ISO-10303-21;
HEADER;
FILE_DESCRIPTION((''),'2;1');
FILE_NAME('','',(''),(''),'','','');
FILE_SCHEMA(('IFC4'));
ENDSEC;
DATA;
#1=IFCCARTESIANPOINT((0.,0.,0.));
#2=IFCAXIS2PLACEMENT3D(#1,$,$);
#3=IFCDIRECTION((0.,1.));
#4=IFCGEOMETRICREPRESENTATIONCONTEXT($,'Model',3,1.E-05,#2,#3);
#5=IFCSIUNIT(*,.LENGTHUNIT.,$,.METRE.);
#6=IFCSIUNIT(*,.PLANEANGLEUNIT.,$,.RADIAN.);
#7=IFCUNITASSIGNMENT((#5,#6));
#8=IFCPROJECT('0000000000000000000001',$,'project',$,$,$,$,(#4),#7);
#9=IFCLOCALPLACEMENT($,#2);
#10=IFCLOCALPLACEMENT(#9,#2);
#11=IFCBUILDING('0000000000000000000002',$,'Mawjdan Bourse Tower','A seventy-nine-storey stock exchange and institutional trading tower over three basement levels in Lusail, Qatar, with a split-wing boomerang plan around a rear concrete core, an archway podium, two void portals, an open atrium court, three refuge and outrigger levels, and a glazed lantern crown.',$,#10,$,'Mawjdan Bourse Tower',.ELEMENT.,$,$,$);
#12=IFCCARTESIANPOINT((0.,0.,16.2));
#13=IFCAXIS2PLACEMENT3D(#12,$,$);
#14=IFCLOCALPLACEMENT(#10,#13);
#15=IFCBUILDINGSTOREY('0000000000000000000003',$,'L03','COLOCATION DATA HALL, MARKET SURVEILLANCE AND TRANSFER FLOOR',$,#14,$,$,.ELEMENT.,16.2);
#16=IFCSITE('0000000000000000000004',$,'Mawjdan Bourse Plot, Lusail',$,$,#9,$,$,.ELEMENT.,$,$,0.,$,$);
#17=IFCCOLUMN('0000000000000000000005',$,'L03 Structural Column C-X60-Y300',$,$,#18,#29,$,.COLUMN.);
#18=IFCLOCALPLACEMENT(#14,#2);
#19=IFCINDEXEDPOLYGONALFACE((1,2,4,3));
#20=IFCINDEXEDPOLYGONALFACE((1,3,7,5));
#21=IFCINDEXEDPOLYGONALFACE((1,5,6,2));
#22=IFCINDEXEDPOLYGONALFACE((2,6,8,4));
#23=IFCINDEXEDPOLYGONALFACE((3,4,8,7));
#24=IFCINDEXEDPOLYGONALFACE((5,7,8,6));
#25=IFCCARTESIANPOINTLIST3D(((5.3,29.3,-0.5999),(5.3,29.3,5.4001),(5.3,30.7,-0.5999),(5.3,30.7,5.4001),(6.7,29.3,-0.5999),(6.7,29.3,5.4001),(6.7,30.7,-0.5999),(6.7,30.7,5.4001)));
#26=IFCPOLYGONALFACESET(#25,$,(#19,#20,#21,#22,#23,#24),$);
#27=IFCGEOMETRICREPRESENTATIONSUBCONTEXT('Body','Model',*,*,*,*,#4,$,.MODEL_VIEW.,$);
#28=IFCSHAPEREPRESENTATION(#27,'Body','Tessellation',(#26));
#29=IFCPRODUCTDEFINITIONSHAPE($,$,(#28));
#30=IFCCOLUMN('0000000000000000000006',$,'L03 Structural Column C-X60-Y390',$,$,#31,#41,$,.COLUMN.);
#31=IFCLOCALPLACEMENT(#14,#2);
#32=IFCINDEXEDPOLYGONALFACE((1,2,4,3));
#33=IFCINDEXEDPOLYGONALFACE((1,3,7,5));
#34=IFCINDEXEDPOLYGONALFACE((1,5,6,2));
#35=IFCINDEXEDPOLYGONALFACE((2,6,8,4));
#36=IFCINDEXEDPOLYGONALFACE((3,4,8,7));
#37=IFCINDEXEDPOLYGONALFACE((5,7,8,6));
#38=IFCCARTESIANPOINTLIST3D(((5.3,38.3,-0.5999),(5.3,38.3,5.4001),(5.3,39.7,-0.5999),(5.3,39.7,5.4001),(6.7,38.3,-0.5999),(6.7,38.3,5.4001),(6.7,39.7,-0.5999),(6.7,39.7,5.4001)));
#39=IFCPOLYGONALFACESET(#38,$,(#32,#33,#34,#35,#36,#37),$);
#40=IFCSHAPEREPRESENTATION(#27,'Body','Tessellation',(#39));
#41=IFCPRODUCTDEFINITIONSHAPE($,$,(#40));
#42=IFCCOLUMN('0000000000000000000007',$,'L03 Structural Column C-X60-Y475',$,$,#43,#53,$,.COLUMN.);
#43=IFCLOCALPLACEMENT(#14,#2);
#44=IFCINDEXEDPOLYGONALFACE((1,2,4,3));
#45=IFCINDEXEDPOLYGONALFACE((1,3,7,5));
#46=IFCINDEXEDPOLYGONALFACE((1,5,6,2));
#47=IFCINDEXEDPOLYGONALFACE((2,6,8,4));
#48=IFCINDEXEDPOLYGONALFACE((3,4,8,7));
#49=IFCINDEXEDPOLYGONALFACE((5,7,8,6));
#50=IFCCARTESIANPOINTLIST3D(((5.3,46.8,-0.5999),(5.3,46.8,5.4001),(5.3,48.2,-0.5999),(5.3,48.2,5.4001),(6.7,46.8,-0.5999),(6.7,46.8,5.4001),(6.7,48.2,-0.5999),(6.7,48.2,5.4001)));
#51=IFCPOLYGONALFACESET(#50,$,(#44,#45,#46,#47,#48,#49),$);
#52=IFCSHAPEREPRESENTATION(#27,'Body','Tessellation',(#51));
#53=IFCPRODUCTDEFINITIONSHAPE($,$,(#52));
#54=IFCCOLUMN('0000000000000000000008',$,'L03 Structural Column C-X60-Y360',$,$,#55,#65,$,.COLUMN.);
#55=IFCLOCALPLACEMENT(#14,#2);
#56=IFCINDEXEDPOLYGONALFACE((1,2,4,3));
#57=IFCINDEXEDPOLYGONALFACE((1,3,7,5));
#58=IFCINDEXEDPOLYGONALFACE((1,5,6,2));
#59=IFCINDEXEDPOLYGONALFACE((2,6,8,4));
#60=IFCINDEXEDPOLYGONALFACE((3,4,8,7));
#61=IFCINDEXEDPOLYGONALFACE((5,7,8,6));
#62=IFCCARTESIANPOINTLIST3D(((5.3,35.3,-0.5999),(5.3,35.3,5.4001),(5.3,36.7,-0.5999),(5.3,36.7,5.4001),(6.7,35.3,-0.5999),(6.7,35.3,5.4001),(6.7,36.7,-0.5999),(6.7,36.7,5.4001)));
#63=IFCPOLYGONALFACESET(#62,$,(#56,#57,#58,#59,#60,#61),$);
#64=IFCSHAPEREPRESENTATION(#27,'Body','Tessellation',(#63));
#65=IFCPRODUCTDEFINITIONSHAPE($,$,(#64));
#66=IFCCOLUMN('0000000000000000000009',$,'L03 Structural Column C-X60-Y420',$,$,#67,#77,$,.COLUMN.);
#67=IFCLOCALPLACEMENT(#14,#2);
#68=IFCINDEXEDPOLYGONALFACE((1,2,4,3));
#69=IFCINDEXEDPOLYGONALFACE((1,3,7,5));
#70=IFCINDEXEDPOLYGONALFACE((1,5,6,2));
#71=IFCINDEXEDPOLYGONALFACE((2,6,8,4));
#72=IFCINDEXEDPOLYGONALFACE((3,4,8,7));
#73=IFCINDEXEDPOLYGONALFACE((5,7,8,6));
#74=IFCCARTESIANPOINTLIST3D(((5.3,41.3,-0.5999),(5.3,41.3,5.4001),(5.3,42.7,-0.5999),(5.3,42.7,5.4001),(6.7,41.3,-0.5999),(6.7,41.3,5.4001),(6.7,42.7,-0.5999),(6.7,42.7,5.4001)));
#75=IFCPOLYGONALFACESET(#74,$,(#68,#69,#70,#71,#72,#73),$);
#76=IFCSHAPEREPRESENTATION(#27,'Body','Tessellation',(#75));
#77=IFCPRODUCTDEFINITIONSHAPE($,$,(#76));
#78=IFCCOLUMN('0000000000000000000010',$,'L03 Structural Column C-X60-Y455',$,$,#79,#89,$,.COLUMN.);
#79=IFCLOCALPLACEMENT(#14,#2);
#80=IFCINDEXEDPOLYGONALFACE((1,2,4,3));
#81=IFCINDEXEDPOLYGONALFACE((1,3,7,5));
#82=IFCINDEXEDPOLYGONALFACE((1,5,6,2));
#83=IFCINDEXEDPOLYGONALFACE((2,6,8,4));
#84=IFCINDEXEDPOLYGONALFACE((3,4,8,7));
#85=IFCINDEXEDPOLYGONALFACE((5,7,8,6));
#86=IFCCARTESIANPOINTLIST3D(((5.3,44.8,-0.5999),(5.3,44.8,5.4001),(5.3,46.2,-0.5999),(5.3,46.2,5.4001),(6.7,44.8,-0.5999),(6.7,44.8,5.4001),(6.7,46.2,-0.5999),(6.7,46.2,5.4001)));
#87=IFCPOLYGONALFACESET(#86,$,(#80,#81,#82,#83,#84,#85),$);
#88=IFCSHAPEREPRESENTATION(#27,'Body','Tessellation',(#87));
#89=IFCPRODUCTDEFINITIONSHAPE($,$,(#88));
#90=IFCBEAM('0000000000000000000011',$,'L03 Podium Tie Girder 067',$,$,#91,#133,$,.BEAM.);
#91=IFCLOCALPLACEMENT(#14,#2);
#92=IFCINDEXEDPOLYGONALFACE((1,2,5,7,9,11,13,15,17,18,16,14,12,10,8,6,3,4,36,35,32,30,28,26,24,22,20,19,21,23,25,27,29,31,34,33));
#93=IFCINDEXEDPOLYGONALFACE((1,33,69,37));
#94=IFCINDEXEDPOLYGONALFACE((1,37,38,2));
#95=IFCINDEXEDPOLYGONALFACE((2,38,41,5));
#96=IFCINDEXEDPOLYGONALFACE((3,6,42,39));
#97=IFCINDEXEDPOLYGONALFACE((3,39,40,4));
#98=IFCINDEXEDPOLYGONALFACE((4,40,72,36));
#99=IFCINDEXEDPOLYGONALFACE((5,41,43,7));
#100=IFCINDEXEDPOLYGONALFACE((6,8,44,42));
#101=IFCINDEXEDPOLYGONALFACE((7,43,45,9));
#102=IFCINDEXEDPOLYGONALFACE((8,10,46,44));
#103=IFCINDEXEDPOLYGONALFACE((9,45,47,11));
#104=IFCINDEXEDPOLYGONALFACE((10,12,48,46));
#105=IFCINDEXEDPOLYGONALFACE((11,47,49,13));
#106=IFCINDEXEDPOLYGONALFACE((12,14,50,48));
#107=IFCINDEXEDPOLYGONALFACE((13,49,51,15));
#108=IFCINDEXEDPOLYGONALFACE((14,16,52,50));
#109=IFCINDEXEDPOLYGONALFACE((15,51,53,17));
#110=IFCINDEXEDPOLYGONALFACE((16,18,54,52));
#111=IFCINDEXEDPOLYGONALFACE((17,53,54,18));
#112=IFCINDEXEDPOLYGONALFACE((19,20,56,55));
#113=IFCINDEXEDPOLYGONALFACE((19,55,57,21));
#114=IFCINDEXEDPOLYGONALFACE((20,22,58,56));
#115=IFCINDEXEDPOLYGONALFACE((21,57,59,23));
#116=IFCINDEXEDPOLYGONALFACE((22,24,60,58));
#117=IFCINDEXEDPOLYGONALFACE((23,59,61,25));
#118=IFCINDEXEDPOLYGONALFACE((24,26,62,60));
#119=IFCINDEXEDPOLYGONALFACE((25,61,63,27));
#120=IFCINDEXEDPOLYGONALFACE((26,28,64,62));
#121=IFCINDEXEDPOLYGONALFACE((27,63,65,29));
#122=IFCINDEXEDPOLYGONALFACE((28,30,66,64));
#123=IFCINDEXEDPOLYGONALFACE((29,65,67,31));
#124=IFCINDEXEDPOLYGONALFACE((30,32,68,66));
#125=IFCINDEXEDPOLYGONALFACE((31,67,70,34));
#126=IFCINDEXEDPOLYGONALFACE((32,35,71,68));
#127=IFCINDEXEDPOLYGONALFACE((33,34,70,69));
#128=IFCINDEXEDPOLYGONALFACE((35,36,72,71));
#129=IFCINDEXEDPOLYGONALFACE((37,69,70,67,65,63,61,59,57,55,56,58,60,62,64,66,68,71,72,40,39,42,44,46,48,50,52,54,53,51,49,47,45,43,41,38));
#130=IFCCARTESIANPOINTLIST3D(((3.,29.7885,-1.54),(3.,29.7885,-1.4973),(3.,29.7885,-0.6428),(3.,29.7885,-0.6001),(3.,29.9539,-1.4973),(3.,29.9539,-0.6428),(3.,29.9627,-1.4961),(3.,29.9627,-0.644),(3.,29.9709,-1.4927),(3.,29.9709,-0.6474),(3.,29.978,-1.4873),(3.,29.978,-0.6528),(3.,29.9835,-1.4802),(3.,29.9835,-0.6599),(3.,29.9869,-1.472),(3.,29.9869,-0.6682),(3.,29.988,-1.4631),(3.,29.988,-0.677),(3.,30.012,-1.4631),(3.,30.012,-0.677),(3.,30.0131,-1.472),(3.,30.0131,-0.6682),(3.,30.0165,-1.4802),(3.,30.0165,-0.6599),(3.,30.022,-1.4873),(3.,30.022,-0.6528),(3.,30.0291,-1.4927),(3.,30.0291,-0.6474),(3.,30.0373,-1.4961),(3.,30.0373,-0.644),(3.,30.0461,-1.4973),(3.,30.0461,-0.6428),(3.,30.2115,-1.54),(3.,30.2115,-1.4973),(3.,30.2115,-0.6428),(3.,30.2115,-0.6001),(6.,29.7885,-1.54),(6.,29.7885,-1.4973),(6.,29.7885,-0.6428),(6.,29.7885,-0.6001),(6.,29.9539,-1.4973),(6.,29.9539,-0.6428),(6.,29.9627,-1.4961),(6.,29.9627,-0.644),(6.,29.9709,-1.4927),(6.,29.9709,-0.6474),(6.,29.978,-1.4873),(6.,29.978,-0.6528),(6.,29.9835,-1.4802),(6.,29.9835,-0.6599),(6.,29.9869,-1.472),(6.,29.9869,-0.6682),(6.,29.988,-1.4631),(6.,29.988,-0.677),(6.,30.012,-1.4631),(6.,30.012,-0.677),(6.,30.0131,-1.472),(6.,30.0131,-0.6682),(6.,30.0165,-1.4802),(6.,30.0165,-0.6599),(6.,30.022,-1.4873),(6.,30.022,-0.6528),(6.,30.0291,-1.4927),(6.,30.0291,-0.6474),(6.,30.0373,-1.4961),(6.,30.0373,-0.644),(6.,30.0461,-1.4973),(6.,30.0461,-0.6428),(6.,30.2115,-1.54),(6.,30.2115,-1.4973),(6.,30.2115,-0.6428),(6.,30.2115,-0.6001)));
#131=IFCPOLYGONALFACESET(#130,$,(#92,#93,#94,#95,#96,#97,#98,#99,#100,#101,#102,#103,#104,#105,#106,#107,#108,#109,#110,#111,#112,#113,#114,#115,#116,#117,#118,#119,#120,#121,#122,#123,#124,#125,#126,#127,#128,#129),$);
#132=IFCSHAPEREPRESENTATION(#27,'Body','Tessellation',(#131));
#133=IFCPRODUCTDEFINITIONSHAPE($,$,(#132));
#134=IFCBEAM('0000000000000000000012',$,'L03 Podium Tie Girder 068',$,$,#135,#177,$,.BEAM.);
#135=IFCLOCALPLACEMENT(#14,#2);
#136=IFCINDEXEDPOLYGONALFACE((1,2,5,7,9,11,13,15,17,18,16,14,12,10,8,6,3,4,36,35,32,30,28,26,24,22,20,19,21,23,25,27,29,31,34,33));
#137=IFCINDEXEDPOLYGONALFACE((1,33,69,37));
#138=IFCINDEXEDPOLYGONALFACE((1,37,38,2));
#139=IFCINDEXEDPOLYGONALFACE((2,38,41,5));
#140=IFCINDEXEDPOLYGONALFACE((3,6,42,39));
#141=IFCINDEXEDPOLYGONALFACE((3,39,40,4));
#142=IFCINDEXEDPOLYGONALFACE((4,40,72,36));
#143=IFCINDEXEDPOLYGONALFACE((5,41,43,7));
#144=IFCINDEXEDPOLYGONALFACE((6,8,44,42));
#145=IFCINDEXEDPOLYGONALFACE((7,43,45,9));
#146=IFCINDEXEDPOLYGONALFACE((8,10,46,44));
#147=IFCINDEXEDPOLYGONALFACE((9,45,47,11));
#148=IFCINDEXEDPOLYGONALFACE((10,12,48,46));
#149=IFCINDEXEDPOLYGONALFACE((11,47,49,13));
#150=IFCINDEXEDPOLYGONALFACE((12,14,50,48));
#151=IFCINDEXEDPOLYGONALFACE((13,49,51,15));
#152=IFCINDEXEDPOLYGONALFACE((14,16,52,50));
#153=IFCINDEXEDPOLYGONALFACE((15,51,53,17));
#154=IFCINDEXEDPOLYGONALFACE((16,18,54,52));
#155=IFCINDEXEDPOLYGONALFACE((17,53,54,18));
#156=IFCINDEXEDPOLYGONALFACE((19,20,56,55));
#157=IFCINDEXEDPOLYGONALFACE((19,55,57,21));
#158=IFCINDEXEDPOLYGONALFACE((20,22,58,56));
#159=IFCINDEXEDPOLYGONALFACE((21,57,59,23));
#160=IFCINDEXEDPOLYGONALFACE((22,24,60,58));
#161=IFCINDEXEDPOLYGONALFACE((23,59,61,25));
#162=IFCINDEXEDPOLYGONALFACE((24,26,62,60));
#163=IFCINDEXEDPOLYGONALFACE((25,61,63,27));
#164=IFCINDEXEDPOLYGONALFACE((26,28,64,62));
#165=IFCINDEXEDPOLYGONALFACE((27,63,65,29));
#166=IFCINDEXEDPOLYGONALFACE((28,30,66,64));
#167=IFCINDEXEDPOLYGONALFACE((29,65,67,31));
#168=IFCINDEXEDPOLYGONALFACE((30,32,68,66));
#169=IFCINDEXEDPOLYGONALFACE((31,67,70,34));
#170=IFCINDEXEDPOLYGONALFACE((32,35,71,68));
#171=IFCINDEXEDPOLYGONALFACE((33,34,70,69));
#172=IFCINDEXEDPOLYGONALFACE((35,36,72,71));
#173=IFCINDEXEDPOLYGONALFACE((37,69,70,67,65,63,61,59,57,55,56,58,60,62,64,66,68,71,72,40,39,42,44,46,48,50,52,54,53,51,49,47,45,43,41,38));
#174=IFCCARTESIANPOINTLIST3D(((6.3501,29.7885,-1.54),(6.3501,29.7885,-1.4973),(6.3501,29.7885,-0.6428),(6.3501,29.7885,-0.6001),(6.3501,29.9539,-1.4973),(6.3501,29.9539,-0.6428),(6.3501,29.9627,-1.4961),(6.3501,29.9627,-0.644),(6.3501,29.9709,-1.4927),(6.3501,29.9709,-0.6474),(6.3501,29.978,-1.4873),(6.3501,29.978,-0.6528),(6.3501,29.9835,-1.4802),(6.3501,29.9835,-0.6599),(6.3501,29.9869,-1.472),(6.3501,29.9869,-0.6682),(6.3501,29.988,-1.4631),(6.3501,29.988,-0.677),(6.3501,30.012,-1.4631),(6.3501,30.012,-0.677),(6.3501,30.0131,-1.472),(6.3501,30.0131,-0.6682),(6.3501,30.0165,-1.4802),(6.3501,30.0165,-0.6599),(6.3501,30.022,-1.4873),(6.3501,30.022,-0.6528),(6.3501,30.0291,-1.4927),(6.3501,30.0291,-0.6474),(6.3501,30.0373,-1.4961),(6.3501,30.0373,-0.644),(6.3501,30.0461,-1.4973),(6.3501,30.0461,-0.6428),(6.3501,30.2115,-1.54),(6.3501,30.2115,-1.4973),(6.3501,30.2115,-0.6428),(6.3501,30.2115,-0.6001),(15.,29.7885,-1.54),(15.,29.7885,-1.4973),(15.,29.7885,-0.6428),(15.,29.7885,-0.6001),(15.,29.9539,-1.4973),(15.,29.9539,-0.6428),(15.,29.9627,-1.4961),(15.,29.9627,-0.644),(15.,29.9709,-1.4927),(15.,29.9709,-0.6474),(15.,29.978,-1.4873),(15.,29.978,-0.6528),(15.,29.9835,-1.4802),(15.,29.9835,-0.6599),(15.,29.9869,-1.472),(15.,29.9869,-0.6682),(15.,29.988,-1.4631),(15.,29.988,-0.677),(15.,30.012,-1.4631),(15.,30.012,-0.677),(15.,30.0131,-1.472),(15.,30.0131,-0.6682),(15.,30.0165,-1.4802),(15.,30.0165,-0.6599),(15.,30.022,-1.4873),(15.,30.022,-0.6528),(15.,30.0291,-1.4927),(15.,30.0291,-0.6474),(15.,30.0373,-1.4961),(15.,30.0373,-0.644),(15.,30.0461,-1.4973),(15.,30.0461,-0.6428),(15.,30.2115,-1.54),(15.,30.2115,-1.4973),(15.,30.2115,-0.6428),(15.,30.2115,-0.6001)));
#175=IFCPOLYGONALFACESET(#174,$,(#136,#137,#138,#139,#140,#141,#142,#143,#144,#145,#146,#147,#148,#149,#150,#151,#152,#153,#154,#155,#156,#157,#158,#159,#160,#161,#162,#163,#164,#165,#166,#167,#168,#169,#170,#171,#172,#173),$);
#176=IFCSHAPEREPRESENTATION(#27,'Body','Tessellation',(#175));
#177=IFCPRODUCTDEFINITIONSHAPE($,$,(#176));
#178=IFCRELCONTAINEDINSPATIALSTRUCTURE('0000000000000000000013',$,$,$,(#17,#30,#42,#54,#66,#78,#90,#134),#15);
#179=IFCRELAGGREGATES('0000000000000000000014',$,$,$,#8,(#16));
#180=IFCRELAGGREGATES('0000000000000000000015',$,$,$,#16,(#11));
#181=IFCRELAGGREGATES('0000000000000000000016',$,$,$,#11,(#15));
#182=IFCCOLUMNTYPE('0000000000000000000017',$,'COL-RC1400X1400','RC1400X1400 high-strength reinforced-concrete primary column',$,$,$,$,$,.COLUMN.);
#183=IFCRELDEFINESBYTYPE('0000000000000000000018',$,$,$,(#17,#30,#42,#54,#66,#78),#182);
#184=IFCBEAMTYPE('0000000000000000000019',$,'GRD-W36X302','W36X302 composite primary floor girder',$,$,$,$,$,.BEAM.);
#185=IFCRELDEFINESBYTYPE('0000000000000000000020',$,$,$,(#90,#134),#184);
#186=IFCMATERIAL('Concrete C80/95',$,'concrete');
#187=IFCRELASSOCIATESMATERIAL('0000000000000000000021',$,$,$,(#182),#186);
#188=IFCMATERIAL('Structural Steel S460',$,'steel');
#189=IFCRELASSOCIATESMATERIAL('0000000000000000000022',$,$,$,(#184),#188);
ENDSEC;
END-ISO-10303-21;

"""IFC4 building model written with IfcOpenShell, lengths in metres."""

from ifc_helpers import new_model, si_unit, direction, frame, origin, origin_2d, place, context, subcontext, project, spatial, rectangle, i_section, extrude, material, material_profile, profile_set, type_object, element, save


model = new_model("IFC4")

# Units and contexts
model_context = context("Model", 3, precision=1e-05, world=origin(), true_north=direction((0.0, 1.0)))
body_context = subcontext(model_context, "Body", "Model", "MODEL_VIEW")
ifc_project = project(units=[si_unit("LENGTHUNIT", "METRE"), si_unit("PLANEANGLEUNIT", "RADIAN")], contexts=[model_context])

# Site, building, storey
site_placement = place(None, origin())
site = spatial("IfcSite", under=ifc_project, at=site_placement, Name="Mawjdan Bourse Plot, Lusail", CompositionType="ELEMENT", RefElevation=0.0)
building_placement = place(site_placement, origin())
building = spatial("IfcBuilding", under=site, at=building_placement, Name="Mawjdan Bourse Tower", Description="A seventy-nine-storey stock exchange and institutional trading tower over three basement levels in Lusail, Qatar, with a split-wing boomerang plan around a rear concrete core, an archway podium, two void portals, an open atrium court, three refuge and outrigger levels, and a glazed lantern crown.", LongName="Mawjdan Bourse Tower", CompositionType="ELEMENT")
storey_placement = place(building_placement, frame((0.0, 0.0, 16.2)))
storey = spatial("IfcBuildingStorey", under=building, at=storey_placement, Name="L03", Description="COLOCATION DATA HALL, MARKET SURVEILLANCE AND TRANSFER FLOOR", CompositionType="ELEMENT", Elevation=16.2)

# Columns
ifc_material_1 = material(Name="Concrete C80/95", Category="concrete")
ifc_material_profile_1 = material_profile(ifc_material_1, rectangle(XDim=1.3999, YDim=1.3999, at=origin_2d()), Name="RC1400X1400")
ifc_profile_set_1 = profile_set([ifc_material_profile_1], Name="Concrete C80/95")
column_type = type_object("IfcColumnType", Name="COL-RC1400X1400", Description="RC1400X1400 high-strength reinforced-concrete primary column", PredefinedType="COLUMN", material=ifc_profile_set_1)
for number, where, z_axis, x_axis, name in (
    (1, (6.0, 30.0, -0.5999), (0.0, 0.0, 1.0), (1.0, 0.0, 0.0), "L03 Structural Column C-X60-Y300"),
    (2, (6.0, 39.0, -0.5999), (0.0, 0.0, 1.0), (1.0, 0.0, 0.0), "L03 Structural Column C-X60-Y390"),
    (3, (6.0, 47.5, -0.5999), (0.0, 0.0, 1.0), (1.0, 0.0, 0.0), "L03 Structural Column C-X60-Y475"),
    (4, (6.0, 36.0, -0.5999), (0.0, 0.0, 1.0), (1.0, 0.0, 0.0), "L03 Structural Column C-X60-Y360"),
    (5, (6.0, 42.0, -0.5999), (0.0, 0.0, 1.0), (1.0, 0.0, 0.0), "L03 Structural Column C-X60-Y420"),
    (6, (6.0, 45.5, -0.5999), (0.0, 0.0, 1.0), (1.0, 0.0, 0.0), "L03 Structural Column C-X60-Y455"),
):
    element("IfcColumn", number, at=place(storey_placement, frame(where, z_axis=z_axis, x_axis=x_axis)), inside=storey, type_object=column_type, Name=name, PredefinedType="COLUMN", context=body_context, shape_type="SweptSolid", body=[
        extrude(rectangle(XDim=1.3999, YDim=1.3999, at=origin_2d()), origin(), (0.0, 0.0, 1.0), 6.0),
    ])

# Beams
ifc_material_2 = material(Name="Structural Steel S460", Category="steel")
ifc_material_profile_2 = material_profile(ifc_material_2, i_section(OverallWidth=0.4231, OverallDepth=0.9399, WebThickness=0.0239, FlangeThickness=0.0427, FilletRadius=0.0342, at=origin_2d()), Name="W36X302")
ifc_profile_set_2 = profile_set([ifc_material_profile_2], Name="Structural Steel S460")
beam_type_1 = type_object("IfcBeamType", Name="GRD-W36X302", Description="W36X302 composite primary floor girder", PredefinedType="BEAM", material=ifc_profile_set_2)
beam_1_placement = place(storey_placement, frame((3.0, 30.0, -1.0701), z_axis=(1.0, 0.0, 0.0), x_axis=(0.0, 1.0, 0.0)))
element("IfcBeam", 7, at=beam_1_placement, inside=storey, type_object=beam_type_1, Name="L03 Podium Tie Girder 067", PredefinedType="BEAM", context=body_context, shape_type="SweptSolid", body=[
    extrude(i_section(OverallWidth=0.4231, OverallDepth=0.9399, WebThickness=0.0239, FlangeThickness=0.0427, FilletRadius=0.0342, at=origin_2d()), origin(), (0.0, 0.0, 1.0), 3.0),
])
beam_2_placement = place(storey_placement, frame((6.3501, 30.0, -1.0701), z_axis=(1.0, 0.0, 0.0), x_axis=(0.0, 1.0, 0.0)))
element("IfcBeam", 8, at=beam_2_placement, inside=storey, type_object=beam_type_1, Name="L03 Podium Tie Girder 068", PredefinedType="BEAM", context=body_context, shape_type="SweptSolid", body=[
    extrude(i_section(OverallWidth=0.4231, OverallDepth=0.9399, WebThickness=0.0239, FlangeThickness=0.0427, FilletRadius=0.0342, at=origin_2d()), origin(), (0.0, 0.0, 1.0), 8.6499),
])

save(model, "model.ifc")
